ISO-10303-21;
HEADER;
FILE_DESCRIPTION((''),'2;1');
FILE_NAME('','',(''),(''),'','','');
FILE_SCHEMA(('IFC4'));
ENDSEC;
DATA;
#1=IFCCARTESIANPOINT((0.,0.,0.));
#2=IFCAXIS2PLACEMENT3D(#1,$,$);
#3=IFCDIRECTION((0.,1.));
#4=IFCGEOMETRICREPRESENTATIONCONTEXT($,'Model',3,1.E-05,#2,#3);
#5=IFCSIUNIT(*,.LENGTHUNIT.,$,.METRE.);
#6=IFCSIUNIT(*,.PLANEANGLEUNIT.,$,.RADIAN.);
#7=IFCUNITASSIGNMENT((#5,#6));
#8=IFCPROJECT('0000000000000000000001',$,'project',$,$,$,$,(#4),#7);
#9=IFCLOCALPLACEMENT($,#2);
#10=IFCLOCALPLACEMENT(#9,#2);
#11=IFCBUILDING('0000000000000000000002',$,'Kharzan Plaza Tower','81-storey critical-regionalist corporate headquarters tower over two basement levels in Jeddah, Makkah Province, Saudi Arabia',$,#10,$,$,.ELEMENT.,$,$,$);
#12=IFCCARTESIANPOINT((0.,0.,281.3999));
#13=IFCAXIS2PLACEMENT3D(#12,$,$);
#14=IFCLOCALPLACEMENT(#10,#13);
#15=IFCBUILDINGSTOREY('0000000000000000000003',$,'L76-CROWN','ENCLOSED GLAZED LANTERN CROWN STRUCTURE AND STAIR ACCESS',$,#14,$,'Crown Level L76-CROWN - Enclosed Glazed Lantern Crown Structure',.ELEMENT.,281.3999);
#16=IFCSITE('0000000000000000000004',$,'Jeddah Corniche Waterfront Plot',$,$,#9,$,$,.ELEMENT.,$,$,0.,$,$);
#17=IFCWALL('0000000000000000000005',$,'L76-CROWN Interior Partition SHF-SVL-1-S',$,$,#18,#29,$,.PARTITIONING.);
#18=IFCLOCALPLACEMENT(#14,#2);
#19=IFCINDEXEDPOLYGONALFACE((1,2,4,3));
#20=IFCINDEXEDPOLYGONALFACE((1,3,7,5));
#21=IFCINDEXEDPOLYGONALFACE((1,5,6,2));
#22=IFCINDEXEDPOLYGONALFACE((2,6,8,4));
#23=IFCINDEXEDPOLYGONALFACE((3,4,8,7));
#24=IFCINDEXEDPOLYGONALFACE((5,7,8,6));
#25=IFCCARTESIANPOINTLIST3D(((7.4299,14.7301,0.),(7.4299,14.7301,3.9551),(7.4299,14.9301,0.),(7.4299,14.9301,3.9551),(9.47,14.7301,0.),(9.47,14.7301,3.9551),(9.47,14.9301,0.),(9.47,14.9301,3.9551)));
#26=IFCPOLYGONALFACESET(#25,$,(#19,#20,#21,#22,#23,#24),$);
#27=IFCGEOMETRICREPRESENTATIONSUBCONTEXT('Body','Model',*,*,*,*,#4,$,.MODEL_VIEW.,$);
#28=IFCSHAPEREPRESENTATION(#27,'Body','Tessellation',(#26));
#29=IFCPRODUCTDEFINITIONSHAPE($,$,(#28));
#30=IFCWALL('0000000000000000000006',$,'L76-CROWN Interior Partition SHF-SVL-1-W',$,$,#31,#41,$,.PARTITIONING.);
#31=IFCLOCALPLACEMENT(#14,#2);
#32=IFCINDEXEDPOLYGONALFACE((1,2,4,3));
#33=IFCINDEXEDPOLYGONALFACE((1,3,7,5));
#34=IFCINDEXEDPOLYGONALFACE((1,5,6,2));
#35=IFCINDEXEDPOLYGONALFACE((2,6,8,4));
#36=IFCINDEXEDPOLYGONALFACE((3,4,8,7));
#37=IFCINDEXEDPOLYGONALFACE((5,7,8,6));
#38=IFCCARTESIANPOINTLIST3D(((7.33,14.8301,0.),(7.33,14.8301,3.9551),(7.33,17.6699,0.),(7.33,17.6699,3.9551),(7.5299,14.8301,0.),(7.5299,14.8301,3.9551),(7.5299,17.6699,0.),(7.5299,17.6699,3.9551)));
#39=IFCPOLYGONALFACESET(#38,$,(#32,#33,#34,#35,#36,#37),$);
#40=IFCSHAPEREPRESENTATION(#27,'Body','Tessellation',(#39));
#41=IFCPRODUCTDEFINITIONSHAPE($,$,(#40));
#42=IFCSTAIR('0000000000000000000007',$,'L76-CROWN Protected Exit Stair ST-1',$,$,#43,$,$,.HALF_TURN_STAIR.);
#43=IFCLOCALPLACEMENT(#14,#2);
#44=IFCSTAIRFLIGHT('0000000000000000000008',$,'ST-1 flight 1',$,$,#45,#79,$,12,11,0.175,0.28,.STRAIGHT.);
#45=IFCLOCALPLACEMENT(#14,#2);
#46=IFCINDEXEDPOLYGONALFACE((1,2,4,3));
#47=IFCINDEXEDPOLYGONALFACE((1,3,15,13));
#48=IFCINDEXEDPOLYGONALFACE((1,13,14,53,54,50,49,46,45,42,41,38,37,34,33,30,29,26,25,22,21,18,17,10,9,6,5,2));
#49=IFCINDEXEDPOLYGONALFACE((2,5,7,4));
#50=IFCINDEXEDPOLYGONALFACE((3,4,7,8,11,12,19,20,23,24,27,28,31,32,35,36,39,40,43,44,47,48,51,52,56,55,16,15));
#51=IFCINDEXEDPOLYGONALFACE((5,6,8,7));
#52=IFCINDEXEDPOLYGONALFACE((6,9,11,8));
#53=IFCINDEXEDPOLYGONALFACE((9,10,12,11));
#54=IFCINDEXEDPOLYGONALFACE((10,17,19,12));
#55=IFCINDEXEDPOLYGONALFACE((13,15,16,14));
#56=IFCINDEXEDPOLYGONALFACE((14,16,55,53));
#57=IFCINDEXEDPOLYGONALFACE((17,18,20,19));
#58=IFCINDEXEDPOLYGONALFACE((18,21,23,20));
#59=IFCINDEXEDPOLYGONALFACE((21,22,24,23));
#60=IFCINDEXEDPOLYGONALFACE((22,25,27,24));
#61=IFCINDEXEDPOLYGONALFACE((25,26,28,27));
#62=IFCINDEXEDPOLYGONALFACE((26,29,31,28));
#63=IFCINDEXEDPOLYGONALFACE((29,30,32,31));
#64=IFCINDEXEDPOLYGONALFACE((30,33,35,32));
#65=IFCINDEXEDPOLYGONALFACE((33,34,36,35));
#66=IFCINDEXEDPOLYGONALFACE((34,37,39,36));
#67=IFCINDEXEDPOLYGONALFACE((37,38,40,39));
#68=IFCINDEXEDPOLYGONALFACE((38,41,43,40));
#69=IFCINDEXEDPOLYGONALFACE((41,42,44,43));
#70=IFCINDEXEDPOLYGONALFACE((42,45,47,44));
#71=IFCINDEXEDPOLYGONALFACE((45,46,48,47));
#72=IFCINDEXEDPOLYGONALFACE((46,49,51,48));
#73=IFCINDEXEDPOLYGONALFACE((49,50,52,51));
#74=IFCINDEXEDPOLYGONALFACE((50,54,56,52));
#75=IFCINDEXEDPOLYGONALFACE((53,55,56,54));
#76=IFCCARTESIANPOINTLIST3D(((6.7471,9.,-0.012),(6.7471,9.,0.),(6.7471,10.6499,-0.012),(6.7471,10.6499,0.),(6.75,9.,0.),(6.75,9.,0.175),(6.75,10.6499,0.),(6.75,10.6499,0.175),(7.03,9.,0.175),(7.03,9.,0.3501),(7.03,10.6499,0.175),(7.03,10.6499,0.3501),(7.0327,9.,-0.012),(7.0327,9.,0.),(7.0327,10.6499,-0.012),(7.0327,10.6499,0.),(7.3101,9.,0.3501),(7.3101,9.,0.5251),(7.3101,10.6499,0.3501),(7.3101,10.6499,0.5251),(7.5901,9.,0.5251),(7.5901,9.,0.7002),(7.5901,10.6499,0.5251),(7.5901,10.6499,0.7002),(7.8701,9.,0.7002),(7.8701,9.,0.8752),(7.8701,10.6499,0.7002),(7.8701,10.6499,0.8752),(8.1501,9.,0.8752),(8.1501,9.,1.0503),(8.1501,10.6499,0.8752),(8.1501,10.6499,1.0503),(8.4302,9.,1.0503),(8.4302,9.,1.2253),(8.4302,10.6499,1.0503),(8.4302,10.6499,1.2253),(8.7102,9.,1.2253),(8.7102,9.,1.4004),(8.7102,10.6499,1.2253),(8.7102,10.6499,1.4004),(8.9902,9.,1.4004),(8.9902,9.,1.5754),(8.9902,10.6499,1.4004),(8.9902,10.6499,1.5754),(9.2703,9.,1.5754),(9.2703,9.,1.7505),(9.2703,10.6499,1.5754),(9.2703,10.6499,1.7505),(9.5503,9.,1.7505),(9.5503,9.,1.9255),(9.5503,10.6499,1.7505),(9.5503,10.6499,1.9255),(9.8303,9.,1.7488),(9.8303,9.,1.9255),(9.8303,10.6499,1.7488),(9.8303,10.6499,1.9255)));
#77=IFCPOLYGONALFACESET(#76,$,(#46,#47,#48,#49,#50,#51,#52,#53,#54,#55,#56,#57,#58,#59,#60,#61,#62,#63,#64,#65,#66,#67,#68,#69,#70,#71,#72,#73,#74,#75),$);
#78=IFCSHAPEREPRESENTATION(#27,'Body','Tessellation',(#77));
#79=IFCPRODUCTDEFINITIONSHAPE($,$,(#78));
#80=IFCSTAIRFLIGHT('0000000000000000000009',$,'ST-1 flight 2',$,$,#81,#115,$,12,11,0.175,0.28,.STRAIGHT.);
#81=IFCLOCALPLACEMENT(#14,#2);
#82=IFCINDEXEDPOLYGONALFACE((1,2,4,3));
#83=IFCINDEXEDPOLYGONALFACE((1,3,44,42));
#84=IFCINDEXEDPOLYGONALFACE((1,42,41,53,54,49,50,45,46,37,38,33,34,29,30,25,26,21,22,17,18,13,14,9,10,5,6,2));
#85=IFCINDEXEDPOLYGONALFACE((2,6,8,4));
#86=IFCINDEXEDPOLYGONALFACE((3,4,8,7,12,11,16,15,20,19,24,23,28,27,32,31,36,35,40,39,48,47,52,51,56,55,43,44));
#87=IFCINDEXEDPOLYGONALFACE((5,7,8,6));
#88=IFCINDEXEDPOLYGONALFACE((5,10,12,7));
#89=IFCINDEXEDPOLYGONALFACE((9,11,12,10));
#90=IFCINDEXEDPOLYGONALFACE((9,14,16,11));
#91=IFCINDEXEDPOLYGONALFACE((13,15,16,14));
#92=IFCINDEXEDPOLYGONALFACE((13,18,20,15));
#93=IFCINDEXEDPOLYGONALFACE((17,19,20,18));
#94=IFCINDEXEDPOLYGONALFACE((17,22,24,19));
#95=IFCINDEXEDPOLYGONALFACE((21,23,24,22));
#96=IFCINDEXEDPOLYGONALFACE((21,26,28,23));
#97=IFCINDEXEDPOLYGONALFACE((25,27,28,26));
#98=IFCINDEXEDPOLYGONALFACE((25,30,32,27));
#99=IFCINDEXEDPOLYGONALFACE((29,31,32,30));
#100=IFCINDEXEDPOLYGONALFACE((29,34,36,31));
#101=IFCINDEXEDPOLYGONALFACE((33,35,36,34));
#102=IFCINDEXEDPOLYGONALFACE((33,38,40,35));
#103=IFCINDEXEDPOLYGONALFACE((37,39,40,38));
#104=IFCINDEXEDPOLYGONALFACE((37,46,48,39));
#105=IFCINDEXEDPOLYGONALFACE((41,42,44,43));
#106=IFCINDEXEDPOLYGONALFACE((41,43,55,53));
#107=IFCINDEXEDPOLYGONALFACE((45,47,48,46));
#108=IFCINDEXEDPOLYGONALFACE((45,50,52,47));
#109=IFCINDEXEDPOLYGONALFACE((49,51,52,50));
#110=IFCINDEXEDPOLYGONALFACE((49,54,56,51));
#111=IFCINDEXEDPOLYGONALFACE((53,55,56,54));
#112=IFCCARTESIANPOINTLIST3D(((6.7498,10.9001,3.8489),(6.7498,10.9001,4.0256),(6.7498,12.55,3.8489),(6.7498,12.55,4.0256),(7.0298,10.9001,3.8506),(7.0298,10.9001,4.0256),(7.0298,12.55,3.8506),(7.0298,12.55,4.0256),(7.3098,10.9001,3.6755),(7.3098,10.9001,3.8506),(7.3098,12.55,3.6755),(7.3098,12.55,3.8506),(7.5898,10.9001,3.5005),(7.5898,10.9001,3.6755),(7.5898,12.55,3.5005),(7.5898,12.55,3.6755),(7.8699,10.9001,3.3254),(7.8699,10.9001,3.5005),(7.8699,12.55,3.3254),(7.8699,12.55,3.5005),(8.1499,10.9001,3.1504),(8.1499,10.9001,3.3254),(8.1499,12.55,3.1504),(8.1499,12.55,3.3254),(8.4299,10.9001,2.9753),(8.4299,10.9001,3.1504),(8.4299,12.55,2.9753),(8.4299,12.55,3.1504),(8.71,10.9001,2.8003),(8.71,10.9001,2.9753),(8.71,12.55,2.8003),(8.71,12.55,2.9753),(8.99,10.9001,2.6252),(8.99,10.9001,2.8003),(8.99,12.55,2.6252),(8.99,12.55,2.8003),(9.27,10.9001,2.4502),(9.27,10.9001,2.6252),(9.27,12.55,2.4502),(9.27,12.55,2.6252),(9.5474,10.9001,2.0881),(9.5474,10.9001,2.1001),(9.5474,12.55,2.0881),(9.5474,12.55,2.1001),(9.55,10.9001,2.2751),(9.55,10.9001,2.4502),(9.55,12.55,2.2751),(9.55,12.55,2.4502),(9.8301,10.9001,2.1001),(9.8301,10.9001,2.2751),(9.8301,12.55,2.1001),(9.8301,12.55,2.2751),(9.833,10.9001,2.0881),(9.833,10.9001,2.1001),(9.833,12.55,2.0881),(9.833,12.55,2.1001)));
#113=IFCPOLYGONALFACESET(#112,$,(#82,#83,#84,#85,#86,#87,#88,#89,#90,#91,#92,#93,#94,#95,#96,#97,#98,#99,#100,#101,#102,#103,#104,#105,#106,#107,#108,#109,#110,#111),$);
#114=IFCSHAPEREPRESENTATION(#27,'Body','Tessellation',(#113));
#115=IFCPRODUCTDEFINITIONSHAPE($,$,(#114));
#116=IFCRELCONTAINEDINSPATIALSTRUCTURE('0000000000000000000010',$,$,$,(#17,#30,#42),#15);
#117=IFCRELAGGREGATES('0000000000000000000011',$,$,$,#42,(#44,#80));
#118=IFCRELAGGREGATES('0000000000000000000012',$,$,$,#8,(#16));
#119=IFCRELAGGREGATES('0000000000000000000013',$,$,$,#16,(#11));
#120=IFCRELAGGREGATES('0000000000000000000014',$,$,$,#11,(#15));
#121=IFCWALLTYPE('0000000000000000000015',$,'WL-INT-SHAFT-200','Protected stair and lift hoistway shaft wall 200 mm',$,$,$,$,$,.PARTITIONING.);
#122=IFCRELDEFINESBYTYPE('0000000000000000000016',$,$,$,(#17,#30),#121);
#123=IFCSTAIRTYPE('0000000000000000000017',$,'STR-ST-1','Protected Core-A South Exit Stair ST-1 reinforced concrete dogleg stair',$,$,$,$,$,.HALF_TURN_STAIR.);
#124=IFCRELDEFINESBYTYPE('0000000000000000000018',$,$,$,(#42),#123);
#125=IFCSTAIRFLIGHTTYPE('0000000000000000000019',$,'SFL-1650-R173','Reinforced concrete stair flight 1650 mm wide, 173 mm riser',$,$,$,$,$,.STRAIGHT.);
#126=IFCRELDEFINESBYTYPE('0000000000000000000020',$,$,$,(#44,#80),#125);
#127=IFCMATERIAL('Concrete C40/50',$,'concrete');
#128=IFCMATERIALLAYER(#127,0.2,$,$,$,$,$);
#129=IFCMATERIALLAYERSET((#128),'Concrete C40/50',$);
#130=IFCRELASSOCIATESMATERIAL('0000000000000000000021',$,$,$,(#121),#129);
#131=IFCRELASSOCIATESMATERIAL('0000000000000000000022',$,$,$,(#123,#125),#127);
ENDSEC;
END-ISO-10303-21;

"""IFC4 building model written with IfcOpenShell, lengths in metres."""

from ifc_helpers import new_model, si_unit, direction, frame, frame_2d, origin, place, context, subcontext, project, spatial, polyline, rectangle, outline, extrude, source, transform, mapped, material, layer, layer_set, type_object, element, aggregate, save


model = new_model("IFC4")

# Units and contexts
model_context = context("Model", 3, precision=1e-05, world=origin(), true_north=direction((0.0, 1.0)))
body_context = subcontext(model_context, "Body", "Model", "MODEL_VIEW")
ifc_project = project(units=[si_unit("LENGTHUNIT", "METRE"), si_unit("PLANEANGLEUNIT", "RADIAN")], contexts=[model_context])

# Site, building, storey
site_placement = place(None, origin())
site = spatial("IfcSite", under=ifc_project, at=site_placement, Name="Jeddah Corniche Waterfront Plot", CompositionType="ELEMENT", RefElevation=0.0)
building_placement = place(site_placement, origin())
building = spatial("IfcBuilding", under=site, at=building_placement, Name="Kharzan Plaza Tower", Description="81-storey critical-regionalist corporate headquarters tower over two basement levels in Jeddah, Makkah Province, Saudi Arabia", CompositionType="ELEMENT")
storey_placement = place(building_placement, frame((0.0, 0.0, 281.3999)))
storey = spatial("IfcBuildingStorey", under=building, at=storey_placement, Name="L76-CROWN", Description="ENCLOSED GLAZED LANTERN CROWN STRUCTURE AND STAIR ACCESS", LongName="Crown Level L76-CROWN - Enclosed Glazed Lantern Crown Structure", CompositionType="ELEMENT", Elevation=281.3999)

# Shared definitions
ifc_material_1 = material(Name="Concrete C40/50", Category="concrete")
ifc_layer_1 = layer(ifc_material_1, 0.2)
ifc_layer_set_1 = layer_set([ifc_layer_1], Name="Concrete C40/50")
wall_type_1 = type_object("IfcWallType", Name="WL-INT-SHAFT-200", Description="Protected stair and lift hoistway shaft wall 200 mm", PredefinedType="PARTITIONING", material=ifc_layer_set_1)

# Walls
shared_shape_1 = source(origin(), body_context, "Body", "SweptSolid", [
    extrude(rectangle(XDim=2.04, YDim=0.2, at=frame_2d((1.02, 0.0))), origin(), (0.0, 0.0, 1.0), 3.9551),
])
wall_1_placement = place(storey_placement, frame((7.4299, 14.8301, 0.0), z_axis=(0.0, 0.0, 1.0), x_axis=(1.0, 0.0, 0.0)))
element("IfcWall", 1, at=wall_1_placement, inside=storey, type_object=wall_type_1, Name="L76-CROWN Interior Partition SHF-SVL-1-S", PredefinedType="PARTITIONING", context=body_context, shape_type="MappedRepresentation", body=[
    mapped(shared_shape_1, transform((0.0, 0.0, 0.0), x_axis=(1.0, 0.0, 0.0), y_axis=(0.0, 1.0, 0.0), z_axis=(0.0, 0.0, 1.0))),
])
shared_shape_2 = source(origin(), body_context, "Body", "SweptSolid", [
    extrude(rectangle(XDim=2.8398, YDim=0.2, at=frame_2d((1.4199, 0.0))), origin(), (0.0, 0.0, 1.0), 3.9551),
])
wall_2_placement = place(storey_placement, frame((7.4299, 14.8301, 0.0), z_axis=(0.0, 0.0, 1.0), x_axis=(0.0, 1.0, 0.0)))
element("IfcWall", 2, at=wall_2_placement, inside=storey, type_object=wall_type_1, Name="L76-CROWN Interior Partition SHF-SVL-1-W", PredefinedType="PARTITIONING", context=body_context, shape_type="MappedRepresentation", body=[
    mapped(shared_shape_2, transform((0.0, 0.0, 0.0), x_axis=(1.0, 0.0, 0.0), y_axis=(0.0, 1.0, 0.0), z_axis=(0.0, 0.0, 1.0))),
])

# Stair, stair flights
stair_type = type_object("IfcStairType", Name="STR-ST-1", Description="Protected Core-A South Exit Stair ST-1 reinforced concrete dogleg stair", PredefinedType="HALF_TURN_STAIR", material=ifc_material_1)
stair_placement = place(storey_placement, origin())
stair = element("IfcStair", 3, at=stair_placement, inside=storey, type_object=stair_type, Name="L76-CROWN Protected Exit Stair ST-1", PredefinedType="HALF_TURN_STAIR")
stair_flight_type = type_object("IfcStairFlightType", Name="SFL-1650-R173", Description="Reinforced concrete stair flight 1650 mm wide, 173 mm riser", PredefinedType="STRAIGHT", material=ifc_material_1)
shared_shape_3 = source(origin(), body_context, "Body", "SweptSolid", [
    extrude(outline(polyline([(-0.0029, -0.012), (-0.0029, 0.0), (0.0, 0.0), (0.0, 0.175), (0.28, 0.175), (0.28, 0.3501), (0.5601, 0.3501), (0.5601, 0.5251), (0.8401, 0.5251), (0.8401, 0.7002), (1.1201, 0.7002), (1.1201, 0.8752), (1.4001, 0.8752), (1.4001, 1.0503), (1.6802, 1.0503), (1.6802, 1.2253), (1.9602, 1.2253), (1.9602, 1.4004), (2.2402, 1.4004), (2.2402, 1.5754), (2.5203, 1.5754), (2.5203, 1.7505), (2.8003, 1.7505), (2.8003, 1.9255), (3.0803, 1.9255), (3.0803, 2.1006), (3.0803, 1.7488), (0.2827, 0.0), (0.2827, -0.012), (-0.0029, -0.012)])), frame((0.0, 0.825, 0.0), z_axis=(0.0, -1.0, 0.0), x_axis=(1.0, 0.0, 0.0)), (0.0, 0.0, 1.0), 1.6499),
])
stair_flight_1_placement = place(storey_placement, frame((6.75, 9.825, 0.0), z_axis=(0.0, 0.0, 1.0), x_axis=(1.0, 0.0, 0.0)))
stair_flight_1 = element("IfcStairFlight", 4, at=stair_flight_1_placement, type_object=stair_flight_type, Name="ST-1 flight 1", NumberOfRisers=12, NumberOfTreads=11, PredefinedType="STRAIGHT", RiserHeight=0.175, TreadLength=0.28, context=body_context, shape_type="MappedRepresentation", body=[
    mapped(shared_shape_3, transform((0.0, 0.0, 0.0), x_axis=(1.0, 0.0, 0.0), y_axis=(0.0, 1.0, 0.0), z_axis=(0.0, 0.0, 1.0))),
])
stair_flight_2_placement = place(storey_placement, frame((9.8301, 11.7251, 2.1001), z_axis=(0.0, 0.0, 1.0), x_axis=(-1.0, 0.0, 0.0)))
stair_flight_2 = element("IfcStairFlight", 5, at=stair_flight_2_placement, type_object=stair_flight_type, Name="ST-1 flight 2", NumberOfRisers=12, NumberOfTreads=11, PredefinedType="STRAIGHT", RiserHeight=0.175, TreadLength=0.28, context=body_context, shape_type="MappedRepresentation", body=[
    mapped(shared_shape_3, transform((0.0, 0.0, 0.0), x_axis=(1.0, 0.0, 0.0), y_axis=(0.0, 1.0, 0.0), z_axis=(0.0, 0.0, 1.0))),
])
aggregate(stair, [stair_flight_1, stair_flight_2])

save(model, "model.ifc")
